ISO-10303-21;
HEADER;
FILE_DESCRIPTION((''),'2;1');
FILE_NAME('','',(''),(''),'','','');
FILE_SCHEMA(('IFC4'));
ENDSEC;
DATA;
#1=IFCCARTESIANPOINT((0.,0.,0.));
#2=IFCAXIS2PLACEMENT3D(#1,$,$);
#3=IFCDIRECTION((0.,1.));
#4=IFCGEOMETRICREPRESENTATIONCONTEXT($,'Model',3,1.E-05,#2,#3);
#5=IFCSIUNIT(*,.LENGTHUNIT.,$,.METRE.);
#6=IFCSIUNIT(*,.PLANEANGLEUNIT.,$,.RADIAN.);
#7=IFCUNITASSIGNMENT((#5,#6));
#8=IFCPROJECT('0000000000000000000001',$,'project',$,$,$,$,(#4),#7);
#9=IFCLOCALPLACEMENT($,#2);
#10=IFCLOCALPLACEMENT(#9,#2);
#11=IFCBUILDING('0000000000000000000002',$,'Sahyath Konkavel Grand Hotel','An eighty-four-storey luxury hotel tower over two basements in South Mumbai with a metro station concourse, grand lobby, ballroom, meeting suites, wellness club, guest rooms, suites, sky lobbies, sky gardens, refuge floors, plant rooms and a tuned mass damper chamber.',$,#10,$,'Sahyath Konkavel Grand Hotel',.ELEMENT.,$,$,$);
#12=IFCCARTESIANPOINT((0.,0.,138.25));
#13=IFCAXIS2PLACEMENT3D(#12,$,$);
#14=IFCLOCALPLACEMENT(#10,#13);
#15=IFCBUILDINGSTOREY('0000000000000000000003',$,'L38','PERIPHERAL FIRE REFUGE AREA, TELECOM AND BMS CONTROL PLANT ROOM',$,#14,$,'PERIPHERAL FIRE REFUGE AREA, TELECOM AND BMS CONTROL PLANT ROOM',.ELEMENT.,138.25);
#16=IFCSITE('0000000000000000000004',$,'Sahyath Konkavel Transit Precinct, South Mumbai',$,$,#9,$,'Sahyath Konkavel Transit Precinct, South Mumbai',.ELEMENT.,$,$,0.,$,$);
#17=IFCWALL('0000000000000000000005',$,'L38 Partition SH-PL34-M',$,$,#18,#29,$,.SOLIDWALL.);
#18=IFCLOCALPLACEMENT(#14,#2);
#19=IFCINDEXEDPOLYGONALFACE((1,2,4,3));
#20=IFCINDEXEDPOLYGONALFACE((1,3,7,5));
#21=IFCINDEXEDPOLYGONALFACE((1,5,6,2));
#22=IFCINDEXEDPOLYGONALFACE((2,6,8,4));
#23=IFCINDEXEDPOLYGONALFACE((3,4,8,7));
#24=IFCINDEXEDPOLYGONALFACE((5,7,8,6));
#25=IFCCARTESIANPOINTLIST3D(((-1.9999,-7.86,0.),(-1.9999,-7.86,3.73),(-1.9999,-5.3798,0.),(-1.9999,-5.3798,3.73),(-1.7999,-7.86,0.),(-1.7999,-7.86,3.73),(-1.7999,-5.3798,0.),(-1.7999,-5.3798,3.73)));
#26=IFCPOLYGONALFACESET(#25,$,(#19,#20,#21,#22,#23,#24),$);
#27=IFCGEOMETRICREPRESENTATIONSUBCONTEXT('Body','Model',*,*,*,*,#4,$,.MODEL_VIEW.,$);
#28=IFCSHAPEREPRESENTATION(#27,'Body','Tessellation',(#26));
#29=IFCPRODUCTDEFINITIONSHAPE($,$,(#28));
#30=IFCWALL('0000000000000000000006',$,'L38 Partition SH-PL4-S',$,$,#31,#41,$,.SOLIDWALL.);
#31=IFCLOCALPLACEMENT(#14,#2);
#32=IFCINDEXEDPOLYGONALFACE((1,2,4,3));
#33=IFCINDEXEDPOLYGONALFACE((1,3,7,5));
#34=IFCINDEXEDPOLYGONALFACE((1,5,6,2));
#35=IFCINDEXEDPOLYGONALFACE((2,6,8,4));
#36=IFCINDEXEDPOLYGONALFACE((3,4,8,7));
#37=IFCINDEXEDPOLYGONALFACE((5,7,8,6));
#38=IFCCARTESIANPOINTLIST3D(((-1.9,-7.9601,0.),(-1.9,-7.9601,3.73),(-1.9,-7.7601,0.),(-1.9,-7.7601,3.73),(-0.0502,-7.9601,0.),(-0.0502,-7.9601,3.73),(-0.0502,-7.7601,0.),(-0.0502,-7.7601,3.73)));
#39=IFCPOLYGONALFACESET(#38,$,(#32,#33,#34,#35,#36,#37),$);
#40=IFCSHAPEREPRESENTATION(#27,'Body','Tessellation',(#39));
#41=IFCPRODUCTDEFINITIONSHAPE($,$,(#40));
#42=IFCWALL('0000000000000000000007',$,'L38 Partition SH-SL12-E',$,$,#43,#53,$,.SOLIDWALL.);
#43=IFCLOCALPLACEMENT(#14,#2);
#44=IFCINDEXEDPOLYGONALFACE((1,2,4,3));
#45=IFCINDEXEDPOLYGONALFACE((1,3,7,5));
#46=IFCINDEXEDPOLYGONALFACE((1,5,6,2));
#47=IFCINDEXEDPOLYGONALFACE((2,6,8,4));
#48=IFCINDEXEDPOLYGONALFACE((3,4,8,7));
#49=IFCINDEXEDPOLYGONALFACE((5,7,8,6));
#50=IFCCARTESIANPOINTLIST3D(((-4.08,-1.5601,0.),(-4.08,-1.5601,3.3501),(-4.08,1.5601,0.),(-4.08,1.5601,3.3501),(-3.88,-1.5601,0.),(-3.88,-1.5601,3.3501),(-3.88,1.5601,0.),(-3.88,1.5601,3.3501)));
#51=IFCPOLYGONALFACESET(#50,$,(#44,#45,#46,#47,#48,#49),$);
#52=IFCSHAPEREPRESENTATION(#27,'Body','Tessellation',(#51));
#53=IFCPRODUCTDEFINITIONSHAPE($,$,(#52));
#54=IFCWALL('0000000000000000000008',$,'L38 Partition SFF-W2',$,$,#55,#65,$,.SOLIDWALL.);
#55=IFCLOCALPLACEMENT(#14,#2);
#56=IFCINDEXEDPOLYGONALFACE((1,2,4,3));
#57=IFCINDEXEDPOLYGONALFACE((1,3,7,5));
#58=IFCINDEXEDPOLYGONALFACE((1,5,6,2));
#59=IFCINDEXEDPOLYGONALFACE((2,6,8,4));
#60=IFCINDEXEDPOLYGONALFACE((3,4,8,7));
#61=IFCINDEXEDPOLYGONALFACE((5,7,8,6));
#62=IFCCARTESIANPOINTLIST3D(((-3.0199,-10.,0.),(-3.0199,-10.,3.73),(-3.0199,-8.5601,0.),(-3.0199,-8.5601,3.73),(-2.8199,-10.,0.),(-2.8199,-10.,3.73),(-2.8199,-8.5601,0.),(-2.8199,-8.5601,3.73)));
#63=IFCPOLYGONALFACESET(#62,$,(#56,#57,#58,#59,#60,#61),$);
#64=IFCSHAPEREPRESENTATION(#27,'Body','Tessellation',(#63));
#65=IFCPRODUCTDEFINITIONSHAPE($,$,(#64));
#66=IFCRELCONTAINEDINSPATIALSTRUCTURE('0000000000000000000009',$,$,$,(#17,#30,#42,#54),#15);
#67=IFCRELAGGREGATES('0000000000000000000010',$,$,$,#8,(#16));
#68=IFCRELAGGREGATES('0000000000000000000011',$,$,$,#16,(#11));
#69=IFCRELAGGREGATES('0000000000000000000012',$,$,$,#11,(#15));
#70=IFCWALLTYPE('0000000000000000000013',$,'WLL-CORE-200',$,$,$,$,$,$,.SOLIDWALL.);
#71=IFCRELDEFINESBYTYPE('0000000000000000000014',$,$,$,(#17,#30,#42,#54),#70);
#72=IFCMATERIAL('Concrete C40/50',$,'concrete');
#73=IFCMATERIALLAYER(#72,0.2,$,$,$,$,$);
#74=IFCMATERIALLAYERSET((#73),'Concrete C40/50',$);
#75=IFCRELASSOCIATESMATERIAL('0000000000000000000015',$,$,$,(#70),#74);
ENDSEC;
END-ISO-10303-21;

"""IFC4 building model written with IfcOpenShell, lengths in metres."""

from ifc_helpers import new_model, si_unit, direction, frame, frame_2d, origin, place, context, subcontext, project, spatial, rectangle, extrude, material, layer, layer_set, type_object, element, save


model = new_model("IFC4")

# Units and contexts
model_context = context("Model", 3, precision=1e-05, world=origin(), true_north=direction((0.0, 1.0)))
body_context = subcontext(model_context, "Body", "Model", "MODEL_VIEW")
ifc_project = project(units=[si_unit("LENGTHUNIT", "METRE"), si_unit("PLANEANGLEUNIT", "RADIAN")], contexts=[model_context])

# Site, building, storey
site_placement = place(None, origin())
site = spatial("IfcSite", under=ifc_project, at=site_placement, Name="Sahyath Konkavel Transit Precinct, South Mumbai", LongName="Sahyath Konkavel Transit Precinct, South Mumbai", CompositionType="ELEMENT", RefElevation=0.0)
building_placement = place(site_placement, origin())
building = spatial("IfcBuilding", under=site, at=building_placement, Name="Sahyath Konkavel Grand Hotel", Description="An eighty-four-storey luxury hotel tower over two basements in South Mumbai with a metro station concourse, grand lobby, ballroom, meeting suites, wellness club, guest rooms, suites, sky lobbies, sky gardens, refuge floors, plant rooms and a tuned mass damper chamber.", LongName="Sahyath Konkavel Grand Hotel", CompositionType="ELEMENT")
storey_placement = place(building_placement, frame((0.0, 0.0, 138.25)))
storey = spatial("IfcBuildingStorey", under=building, at=storey_placement, Name="L38", Description="PERIPHERAL FIRE REFUGE AREA, TELECOM AND BMS CONTROL PLANT ROOM", LongName="PERIPHERAL FIRE REFUGE AREA, TELECOM AND BMS CONTROL PLANT ROOM", CompositionType="ELEMENT", Elevation=138.25)

# Shared definitions
ifc_material_1 = material(Name="Concrete C40/50", Category="concrete")
ifc_layer_1 = layer(ifc_material_1, 0.2)
ifc_layer_set_1 = layer_set([ifc_layer_1], Name="Concrete C40/50")
wall_type_1 = type_object("IfcWallType", Name="WLL-CORE-200", PredefinedType="SOLIDWALL", material=ifc_layer_set_1)

# Walls
wall_1_placement = place(storey_placement, frame((-1.8999, -7.8601, 0.0), z_axis=(0.0, 0.0, 1.0), x_axis=(0.0, 1.0, 0.0)))
element("IfcWall", 1, at=wall_1_placement, inside=storey, type_object=wall_type_1, Name="L38 Partition SH-PL34-M", PredefinedType="SOLIDWALL", context=body_context, shape_type="SweptSolid", body=[
    extrude(rectangle(XDim=2.4802, YDim=0.2, at=frame_2d((1.2402, 0.0))), origin(), (0.0, 0.0, 1.0), 3.73),
])
wall_2_placement = place(storey_placement, frame((-1.8999, -7.8601, 0.0), z_axis=(0.0, 0.0, 1.0), x_axis=(1.0, 0.0, 0.0)))
element("IfcWall", 2, at=wall_2_placement, inside=storey, type_object=wall_type_1, Name="L38 Partition SH-PL4-S", PredefinedType="SOLIDWALL", context=body_context, shape_type="SweptSolid", body=[
    extrude(rectangle(XDim=1.8499, YDim=0.2, at=frame_2d((0.9248, 0.0))), origin(), (0.0, 0.0, 1.0), 3.73),
])
wall_3_placement = place(storey_placement, frame((-3.98, -1.5601, 0.0), z_axis=(0.0, 0.0, 1.0), x_axis=(0.0, 1.0, 0.0)))
element("IfcWall", 3, at=wall_3_placement, inside=storey, type_object=wall_type_1, Name="L38 Partition SH-SL12-E", PredefinedType="SOLIDWALL", context=body_context, shape_type="SweptSolid", body=[
    extrude(rectangle(XDim=3.1201, YDim=0.2, at=frame_2d((1.5601, 0.0))), origin(), (0.0, 0.0, 1.0), 3.3501),
])

# Wall
wall_4_placement = place(storey_placement, frame((-2.9199, -10.0, 0.0), z_axis=(0.0, 0.0, 1.0), x_axis=(0.0, 1.0, 0.0)))
element("IfcWall", 4, at=wall_4_placement, inside=storey, type_object=wall_type_1, Name="L38 Partition SFF-W2", PredefinedType="SOLIDWALL", context=body_context, shape_type="SweptSolid", body=[
    extrude(rectangle(XDim=1.4399, YDim=0.2, at=frame_2d((0.72, 0.0))), origin(), (0.0, 0.0, 1.0), 3.73),
])

save(model, "model.ifc")
